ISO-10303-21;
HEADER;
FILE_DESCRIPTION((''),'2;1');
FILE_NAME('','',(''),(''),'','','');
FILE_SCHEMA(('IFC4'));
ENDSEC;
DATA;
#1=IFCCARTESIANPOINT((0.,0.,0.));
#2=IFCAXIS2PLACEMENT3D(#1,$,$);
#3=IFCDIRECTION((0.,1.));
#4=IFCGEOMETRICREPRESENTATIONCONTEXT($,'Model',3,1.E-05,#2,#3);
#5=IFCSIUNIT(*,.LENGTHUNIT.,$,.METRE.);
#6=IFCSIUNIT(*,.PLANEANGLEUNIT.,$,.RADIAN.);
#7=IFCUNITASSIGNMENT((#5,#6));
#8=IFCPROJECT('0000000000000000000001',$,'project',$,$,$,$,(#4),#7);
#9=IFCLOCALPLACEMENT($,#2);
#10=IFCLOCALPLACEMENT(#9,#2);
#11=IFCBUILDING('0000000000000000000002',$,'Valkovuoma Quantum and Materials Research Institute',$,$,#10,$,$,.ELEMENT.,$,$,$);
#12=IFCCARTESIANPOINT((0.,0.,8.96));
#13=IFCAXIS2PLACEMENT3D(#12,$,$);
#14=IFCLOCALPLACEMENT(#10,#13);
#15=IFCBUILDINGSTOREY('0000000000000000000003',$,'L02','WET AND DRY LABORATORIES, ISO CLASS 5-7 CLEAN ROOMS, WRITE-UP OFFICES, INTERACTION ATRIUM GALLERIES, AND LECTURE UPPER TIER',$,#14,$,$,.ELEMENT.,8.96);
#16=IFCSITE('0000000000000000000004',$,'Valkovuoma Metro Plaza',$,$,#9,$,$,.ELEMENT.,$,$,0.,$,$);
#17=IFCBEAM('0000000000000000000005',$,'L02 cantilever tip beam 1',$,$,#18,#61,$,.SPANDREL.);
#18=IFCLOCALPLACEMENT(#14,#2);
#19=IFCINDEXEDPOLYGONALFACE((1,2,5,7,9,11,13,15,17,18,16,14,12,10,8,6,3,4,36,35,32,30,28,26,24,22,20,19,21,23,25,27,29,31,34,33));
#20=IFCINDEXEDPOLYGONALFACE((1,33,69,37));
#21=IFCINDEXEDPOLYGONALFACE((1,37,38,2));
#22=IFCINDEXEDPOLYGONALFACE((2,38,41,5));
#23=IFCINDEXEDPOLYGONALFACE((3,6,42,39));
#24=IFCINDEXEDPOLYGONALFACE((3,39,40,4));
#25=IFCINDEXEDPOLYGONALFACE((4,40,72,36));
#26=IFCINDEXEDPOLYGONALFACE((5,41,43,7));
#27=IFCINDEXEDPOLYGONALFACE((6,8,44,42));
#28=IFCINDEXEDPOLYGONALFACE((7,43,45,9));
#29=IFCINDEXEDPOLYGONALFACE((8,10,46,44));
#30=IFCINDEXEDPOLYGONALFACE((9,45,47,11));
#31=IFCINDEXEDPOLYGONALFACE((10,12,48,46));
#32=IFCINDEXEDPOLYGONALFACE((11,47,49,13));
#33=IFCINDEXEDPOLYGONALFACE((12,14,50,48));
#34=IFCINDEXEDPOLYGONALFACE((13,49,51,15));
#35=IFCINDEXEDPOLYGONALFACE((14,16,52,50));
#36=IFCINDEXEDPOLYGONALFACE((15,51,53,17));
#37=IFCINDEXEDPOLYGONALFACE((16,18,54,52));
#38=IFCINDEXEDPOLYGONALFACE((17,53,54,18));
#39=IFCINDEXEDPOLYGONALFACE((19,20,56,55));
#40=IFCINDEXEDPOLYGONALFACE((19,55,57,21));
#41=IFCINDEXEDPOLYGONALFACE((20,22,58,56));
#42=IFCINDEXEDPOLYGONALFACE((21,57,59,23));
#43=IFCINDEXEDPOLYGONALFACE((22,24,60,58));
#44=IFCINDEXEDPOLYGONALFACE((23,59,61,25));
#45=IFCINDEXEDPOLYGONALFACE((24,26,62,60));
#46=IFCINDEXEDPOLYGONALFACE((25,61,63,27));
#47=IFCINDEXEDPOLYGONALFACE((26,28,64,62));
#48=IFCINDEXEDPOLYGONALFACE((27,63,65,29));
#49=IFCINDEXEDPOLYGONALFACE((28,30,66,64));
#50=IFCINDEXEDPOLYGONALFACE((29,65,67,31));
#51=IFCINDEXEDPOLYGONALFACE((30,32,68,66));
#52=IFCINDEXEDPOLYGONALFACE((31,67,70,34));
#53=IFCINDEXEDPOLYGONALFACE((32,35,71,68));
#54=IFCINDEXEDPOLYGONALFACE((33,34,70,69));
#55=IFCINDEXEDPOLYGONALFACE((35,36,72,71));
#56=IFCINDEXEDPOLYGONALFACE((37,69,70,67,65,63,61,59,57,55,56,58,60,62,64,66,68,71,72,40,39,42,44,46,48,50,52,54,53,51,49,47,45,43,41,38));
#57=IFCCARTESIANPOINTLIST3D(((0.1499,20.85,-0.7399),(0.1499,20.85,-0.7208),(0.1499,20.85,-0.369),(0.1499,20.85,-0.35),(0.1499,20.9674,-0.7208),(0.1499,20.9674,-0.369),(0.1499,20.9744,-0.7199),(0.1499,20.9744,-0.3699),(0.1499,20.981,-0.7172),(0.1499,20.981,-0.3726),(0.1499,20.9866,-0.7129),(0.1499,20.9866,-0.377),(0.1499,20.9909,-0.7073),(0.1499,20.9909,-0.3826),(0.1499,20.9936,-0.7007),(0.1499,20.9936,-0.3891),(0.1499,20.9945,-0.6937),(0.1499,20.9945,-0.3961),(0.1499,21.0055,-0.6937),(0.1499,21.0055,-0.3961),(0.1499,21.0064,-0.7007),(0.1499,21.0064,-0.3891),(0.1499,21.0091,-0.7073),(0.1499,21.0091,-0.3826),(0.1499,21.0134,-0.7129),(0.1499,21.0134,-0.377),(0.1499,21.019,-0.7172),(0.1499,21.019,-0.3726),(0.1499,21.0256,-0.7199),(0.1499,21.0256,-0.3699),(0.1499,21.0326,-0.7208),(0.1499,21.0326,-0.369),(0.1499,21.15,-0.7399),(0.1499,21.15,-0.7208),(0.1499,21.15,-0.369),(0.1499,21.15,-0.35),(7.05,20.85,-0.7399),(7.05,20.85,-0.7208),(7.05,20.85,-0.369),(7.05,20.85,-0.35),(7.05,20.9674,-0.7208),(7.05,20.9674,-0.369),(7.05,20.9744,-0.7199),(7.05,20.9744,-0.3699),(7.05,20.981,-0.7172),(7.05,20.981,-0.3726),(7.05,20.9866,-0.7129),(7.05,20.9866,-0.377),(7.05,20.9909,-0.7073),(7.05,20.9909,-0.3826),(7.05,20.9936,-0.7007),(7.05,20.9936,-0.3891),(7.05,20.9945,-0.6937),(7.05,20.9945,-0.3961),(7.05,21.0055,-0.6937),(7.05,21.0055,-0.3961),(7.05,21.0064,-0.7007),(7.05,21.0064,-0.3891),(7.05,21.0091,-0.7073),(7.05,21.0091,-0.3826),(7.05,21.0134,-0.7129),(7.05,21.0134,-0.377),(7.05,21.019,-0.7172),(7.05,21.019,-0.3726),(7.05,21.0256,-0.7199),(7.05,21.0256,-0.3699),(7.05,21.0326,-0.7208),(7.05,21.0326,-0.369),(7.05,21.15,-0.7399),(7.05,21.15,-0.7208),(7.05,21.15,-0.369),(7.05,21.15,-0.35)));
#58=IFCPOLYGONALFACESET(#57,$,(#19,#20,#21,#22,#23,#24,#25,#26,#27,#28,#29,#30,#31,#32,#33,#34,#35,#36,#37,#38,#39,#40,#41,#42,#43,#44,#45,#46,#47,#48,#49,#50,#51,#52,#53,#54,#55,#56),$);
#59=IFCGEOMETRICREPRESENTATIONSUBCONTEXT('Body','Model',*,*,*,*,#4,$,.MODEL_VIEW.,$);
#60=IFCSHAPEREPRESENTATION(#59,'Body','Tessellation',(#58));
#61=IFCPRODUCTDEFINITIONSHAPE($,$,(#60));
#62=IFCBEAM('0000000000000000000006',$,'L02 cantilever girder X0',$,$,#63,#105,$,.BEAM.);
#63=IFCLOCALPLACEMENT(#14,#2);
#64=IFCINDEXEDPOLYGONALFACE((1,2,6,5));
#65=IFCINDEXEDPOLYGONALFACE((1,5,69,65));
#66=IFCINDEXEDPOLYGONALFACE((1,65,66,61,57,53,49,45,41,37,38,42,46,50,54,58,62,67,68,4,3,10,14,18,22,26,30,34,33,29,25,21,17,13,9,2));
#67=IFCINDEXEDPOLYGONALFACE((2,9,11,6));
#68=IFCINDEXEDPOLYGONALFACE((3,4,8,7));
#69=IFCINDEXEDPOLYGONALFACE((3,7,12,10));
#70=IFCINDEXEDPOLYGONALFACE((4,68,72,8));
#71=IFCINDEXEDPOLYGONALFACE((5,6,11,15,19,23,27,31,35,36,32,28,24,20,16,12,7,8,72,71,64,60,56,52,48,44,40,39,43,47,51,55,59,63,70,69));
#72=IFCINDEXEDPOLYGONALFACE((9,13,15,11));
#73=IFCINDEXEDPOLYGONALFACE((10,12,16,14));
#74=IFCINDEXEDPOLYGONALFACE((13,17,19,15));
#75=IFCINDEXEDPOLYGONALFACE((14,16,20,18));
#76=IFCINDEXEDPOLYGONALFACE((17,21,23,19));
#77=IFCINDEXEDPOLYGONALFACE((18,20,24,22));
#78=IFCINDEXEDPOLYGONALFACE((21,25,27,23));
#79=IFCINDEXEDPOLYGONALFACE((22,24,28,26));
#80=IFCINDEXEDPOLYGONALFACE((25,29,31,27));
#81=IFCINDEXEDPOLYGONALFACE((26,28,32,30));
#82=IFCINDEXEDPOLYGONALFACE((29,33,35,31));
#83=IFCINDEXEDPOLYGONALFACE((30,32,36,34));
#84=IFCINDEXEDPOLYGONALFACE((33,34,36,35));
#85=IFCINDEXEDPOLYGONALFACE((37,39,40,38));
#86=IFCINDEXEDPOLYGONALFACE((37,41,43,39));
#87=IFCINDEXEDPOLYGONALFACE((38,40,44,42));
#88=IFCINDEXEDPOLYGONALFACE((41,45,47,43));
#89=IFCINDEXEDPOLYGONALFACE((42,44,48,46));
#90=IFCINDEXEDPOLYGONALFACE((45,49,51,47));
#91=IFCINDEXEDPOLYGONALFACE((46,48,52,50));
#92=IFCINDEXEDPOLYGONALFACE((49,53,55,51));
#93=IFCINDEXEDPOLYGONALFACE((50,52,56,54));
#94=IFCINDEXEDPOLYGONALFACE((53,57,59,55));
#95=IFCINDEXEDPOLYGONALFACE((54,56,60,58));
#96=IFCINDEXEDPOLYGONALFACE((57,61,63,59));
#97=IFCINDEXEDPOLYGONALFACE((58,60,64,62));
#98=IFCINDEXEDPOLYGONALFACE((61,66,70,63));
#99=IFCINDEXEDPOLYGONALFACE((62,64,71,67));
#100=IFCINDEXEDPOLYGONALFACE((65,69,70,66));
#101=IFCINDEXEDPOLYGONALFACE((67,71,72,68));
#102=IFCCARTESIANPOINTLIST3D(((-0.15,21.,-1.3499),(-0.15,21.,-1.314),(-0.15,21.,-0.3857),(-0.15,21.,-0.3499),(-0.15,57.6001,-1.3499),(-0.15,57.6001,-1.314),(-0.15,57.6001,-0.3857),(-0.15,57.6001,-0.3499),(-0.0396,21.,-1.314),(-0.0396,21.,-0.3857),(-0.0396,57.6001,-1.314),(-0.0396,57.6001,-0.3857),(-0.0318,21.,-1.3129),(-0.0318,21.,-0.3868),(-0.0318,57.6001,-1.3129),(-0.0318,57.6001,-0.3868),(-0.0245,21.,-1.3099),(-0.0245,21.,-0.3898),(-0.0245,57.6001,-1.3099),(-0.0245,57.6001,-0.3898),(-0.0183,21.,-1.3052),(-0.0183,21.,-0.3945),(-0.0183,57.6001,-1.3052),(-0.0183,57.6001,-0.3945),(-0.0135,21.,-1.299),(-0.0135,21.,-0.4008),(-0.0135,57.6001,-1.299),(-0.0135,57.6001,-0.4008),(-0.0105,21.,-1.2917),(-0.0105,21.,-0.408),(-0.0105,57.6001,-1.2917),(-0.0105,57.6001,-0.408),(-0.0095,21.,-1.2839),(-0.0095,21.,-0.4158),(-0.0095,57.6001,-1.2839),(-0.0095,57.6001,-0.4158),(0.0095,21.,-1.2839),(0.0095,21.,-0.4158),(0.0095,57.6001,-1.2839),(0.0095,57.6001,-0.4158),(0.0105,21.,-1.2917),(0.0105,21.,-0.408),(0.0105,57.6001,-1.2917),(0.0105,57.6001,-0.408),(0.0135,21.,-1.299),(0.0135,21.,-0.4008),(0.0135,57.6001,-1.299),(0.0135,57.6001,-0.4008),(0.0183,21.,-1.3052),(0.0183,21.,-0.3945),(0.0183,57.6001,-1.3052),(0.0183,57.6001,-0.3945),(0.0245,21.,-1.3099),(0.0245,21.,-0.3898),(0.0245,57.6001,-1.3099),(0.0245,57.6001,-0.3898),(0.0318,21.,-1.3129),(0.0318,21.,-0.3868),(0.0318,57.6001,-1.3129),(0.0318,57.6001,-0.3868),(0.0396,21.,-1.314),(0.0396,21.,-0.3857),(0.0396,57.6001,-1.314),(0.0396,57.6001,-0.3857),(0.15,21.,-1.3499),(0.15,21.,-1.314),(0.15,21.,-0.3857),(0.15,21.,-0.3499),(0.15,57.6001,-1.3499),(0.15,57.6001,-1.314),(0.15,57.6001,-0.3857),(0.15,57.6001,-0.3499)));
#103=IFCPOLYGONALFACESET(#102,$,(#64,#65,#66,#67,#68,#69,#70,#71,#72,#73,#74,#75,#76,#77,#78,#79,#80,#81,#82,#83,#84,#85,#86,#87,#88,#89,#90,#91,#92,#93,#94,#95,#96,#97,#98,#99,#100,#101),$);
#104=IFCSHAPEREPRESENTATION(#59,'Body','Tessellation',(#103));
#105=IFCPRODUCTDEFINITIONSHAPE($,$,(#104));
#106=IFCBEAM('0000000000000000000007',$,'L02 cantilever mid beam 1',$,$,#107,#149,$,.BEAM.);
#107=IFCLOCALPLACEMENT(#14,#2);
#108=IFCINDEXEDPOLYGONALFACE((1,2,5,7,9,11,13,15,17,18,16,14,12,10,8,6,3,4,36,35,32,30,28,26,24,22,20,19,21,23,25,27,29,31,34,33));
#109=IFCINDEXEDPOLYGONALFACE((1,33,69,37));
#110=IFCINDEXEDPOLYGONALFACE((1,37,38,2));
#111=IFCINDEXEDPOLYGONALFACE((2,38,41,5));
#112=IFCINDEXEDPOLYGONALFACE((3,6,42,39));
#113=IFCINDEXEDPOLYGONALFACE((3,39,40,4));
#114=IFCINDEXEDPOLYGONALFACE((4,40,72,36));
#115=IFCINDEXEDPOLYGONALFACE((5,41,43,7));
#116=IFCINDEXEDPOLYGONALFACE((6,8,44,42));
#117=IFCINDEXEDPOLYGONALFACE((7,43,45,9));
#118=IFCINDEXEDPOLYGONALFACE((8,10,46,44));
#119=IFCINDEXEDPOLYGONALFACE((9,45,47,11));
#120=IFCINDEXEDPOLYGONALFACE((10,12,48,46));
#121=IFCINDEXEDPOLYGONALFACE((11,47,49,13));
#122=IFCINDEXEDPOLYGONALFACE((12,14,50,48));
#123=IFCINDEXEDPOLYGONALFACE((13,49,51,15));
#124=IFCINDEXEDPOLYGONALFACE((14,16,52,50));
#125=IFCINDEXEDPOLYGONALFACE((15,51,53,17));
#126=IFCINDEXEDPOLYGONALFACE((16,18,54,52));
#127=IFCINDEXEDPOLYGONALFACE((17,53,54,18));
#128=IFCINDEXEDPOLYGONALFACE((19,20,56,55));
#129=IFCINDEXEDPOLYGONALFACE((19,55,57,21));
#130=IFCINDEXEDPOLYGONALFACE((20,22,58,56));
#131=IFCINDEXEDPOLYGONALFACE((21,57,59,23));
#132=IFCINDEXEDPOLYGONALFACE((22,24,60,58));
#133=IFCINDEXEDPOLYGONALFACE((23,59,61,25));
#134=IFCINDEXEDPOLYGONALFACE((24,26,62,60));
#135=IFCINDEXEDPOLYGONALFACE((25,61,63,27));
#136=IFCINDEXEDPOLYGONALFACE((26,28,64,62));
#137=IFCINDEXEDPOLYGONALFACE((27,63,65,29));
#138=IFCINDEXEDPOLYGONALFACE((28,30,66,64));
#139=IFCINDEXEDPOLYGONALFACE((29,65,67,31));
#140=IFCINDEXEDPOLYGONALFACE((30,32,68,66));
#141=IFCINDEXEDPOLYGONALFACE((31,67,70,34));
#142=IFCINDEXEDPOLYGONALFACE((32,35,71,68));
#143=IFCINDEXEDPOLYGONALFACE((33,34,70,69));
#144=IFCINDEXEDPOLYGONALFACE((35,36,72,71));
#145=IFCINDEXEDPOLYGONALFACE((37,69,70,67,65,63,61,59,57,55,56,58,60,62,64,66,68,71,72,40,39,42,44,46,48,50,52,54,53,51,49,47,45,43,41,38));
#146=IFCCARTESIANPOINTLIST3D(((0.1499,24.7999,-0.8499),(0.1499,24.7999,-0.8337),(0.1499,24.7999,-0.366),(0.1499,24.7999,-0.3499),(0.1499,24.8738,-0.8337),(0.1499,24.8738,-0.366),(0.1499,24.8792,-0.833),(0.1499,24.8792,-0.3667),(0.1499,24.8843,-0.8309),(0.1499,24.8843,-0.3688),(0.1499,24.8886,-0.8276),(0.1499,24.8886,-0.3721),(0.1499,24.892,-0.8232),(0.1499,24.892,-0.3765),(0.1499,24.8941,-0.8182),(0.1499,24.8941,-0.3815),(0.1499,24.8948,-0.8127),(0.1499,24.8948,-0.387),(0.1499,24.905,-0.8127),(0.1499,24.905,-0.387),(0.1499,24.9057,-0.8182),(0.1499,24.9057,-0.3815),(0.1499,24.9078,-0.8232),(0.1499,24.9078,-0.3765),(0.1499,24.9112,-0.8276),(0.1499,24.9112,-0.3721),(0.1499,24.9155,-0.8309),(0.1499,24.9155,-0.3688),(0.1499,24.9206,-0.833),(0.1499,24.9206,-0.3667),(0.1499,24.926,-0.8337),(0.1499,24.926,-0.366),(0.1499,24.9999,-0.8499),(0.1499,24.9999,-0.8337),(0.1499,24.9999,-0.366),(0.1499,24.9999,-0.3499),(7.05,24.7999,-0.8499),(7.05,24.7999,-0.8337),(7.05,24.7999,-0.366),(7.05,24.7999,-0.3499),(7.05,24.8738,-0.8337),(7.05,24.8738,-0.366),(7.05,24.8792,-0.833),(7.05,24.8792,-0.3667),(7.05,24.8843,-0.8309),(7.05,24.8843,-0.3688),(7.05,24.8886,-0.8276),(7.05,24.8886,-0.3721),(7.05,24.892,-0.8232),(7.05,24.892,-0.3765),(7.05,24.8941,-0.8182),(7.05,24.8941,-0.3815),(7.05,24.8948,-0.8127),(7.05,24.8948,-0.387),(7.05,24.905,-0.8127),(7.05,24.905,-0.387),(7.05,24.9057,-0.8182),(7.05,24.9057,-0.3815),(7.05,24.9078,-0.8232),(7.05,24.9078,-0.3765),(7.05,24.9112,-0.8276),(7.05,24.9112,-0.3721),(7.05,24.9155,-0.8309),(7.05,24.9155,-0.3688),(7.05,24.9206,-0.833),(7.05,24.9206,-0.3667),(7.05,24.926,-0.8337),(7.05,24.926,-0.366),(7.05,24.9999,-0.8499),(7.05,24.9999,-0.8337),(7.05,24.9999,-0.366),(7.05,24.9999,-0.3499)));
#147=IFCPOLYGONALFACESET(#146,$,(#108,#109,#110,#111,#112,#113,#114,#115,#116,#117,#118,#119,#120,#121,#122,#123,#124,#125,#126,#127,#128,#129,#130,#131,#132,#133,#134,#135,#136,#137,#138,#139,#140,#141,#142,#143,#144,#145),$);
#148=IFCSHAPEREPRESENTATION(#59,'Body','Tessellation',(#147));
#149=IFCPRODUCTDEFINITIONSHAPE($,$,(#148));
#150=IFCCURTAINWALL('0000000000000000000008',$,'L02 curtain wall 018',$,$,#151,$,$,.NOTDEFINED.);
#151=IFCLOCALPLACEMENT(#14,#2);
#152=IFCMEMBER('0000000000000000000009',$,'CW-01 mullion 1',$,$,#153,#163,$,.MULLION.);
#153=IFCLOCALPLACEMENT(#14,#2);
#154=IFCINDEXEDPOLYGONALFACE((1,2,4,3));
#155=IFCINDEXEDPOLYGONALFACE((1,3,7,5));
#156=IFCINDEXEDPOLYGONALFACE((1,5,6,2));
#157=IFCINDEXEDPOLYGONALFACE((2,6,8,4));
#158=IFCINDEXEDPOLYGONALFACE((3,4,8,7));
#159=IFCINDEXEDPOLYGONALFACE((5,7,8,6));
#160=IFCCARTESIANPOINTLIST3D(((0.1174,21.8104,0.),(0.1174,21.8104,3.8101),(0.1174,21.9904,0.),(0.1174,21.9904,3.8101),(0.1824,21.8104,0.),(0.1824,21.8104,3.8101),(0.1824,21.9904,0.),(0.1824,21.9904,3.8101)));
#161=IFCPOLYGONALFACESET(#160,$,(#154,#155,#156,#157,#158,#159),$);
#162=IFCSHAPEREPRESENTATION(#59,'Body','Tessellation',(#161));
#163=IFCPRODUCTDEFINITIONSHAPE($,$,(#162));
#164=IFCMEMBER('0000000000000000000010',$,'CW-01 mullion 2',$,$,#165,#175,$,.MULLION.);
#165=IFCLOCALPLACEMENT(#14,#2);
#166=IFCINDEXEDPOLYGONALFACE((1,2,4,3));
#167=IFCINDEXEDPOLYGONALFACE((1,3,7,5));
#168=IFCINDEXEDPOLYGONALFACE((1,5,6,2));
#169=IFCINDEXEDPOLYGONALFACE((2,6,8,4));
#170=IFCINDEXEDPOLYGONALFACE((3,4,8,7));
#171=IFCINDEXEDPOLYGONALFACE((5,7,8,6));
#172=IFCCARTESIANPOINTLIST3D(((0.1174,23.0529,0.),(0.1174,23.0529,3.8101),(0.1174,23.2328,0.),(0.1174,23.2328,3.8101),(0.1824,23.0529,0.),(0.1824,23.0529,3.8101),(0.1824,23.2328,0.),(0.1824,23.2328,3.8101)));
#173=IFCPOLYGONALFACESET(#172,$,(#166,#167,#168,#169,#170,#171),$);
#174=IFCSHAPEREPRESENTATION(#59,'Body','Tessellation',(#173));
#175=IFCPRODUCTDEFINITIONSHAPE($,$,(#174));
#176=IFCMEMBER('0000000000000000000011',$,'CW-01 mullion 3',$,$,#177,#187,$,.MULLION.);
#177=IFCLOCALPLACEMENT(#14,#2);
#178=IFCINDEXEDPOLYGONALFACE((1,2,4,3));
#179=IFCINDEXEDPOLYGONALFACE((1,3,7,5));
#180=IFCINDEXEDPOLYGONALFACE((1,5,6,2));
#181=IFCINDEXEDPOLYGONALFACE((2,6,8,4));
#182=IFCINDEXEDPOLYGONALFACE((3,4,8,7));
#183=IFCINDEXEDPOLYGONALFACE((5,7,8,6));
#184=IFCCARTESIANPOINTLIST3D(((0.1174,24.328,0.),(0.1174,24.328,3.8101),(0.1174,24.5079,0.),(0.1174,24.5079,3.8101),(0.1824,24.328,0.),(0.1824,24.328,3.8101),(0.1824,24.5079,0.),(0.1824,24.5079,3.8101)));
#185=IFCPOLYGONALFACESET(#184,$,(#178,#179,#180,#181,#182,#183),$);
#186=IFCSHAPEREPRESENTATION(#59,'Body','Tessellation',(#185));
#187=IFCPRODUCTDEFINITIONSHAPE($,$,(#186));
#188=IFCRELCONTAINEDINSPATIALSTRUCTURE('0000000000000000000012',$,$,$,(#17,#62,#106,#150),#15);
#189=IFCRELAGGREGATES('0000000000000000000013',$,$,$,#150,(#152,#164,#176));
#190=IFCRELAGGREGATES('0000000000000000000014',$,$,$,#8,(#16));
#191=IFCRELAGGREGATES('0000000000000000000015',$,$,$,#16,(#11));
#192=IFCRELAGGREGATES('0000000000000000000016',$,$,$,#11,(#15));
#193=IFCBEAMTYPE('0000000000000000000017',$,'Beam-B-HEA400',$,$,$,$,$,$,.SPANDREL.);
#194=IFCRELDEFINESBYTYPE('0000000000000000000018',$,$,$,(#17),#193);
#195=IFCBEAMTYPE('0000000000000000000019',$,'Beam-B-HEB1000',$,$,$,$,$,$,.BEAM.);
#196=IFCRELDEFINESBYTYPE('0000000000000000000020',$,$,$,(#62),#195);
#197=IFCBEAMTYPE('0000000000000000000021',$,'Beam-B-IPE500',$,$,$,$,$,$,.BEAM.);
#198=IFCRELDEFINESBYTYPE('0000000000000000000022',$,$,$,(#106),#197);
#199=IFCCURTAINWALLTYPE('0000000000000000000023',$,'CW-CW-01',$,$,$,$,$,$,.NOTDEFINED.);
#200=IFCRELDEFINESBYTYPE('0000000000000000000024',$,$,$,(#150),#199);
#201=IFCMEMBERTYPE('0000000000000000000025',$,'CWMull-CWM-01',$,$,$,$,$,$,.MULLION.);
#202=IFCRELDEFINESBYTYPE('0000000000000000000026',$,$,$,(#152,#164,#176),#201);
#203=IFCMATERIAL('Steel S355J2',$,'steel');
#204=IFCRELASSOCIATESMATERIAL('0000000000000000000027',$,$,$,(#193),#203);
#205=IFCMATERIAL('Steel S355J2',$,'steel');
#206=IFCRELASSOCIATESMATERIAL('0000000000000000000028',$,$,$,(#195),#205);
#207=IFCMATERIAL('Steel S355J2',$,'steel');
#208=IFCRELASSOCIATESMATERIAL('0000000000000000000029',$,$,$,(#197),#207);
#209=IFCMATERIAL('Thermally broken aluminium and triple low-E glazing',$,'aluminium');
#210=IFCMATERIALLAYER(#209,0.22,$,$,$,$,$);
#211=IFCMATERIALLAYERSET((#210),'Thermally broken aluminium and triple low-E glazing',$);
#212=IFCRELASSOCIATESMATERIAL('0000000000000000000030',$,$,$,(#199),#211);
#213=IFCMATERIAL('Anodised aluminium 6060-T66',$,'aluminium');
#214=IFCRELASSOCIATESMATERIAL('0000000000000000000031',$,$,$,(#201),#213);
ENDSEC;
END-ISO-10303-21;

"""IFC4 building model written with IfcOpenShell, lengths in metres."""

from ifc_helpers import new_model, si_unit, direction, frame, origin, origin_2d, place, context, subcontext, project, spatial, rectangle, i_section, extrude, material, layer, layer_set, material_profile, profile_set, type_object, element, aggregate, save


model = new_model("IFC4")

# Units and contexts
model_context = context("Model", 3, precision=1e-05, world=origin(), true_north=direction((0.0, 1.0)))
body_context = subcontext(model_context, "Body", "Model", "MODEL_VIEW")
ifc_project = project(units=[si_unit("LENGTHUNIT", "METRE"), si_unit("PLANEANGLEUNIT", "RADIAN")], contexts=[model_context])

# Site, building, storey
site_placement = place(None, origin())
site = spatial("IfcSite", under=ifc_project, at=site_placement, Name="Valkovuoma Metro Plaza", CompositionType="ELEMENT", RefElevation=0.0)
building_placement = place(site_placement, origin())
building = spatial("IfcBuilding", under=site, at=building_placement, Name="Valkovuoma Quantum and Materials Research Institute", CompositionType="ELEMENT")
storey_placement = place(building_placement, frame((0.0, 0.0, 8.96)))
storey = spatial("IfcBuildingStorey", under=building, at=storey_placement, Name="L02", Description="WET AND DRY LABORATORIES, ISO CLASS 5-7 CLEAN ROOMS, WRITE-UP OFFICES, INTERACTION ATRIUM GALLERIES, AND LECTURE UPPER TIER", CompositionType="ELEMENT", Elevation=8.96)

# Beams
ifc_material_1 = material(Name="Steel S355J2", Category="steel")
ifc_material_profile_1 = material_profile(ifc_material_1, i_section(OverallWidth=0.3, OverallDepth=0.3899, WebThickness=0.011, FlangeThickness=0.019, FilletRadius=0.0271, at=origin_2d()), Name="Steel S355J2")
ifc_profile_set_1 = profile_set([ifc_material_profile_1], Name="Steel S355J2")
beam_type_1 = type_object("IfcBeamType", Name="Beam-B-HEA400", PredefinedType="SPANDREL", material=ifc_profile_set_1)
beam_1_placement = place(storey_placement, frame((0.1499, 21.0, -0.5449), z_axis=(1.0, 0.0, 0.0), x_axis=(0.0, 1.0, 0.0)))
element("IfcBeam", 1, at=beam_1_placement, inside=storey, type_object=beam_type_1, Name="L02 cantilever tip beam 1", PredefinedType="SPANDREL", context=body_context, shape_type="SweptSolid", body=[
    extrude(i_section(OverallWidth=0.3, OverallDepth=0.3899, WebThickness=0.011, FlangeThickness=0.019, FilletRadius=0.0271, at=origin_2d()), origin(), (0.0, 0.0, 1.0), 6.9001),
])
ifc_material_2 = material(Name="Steel S355J2", Category="steel")
ifc_material_profile_2 = material_profile(ifc_material_2, i_section(OverallWidth=0.3, OverallDepth=1.0, WebThickness=0.019, FlangeThickness=0.0359, FilletRadius=0.03, at=origin_2d()), Name="Steel S355J2")
ifc_profile_set_2 = profile_set([ifc_material_profile_2], Name="Steel S355J2")
beam_type_2 = type_object("IfcBeamType", Name="Beam-B-HEB1000", PredefinedType="BEAM", material=ifc_profile_set_2)
beam_2_placement = place(storey_placement, frame((0.0, 21.0, -0.8499), z_axis=(0.0, 1.0, 0.0), x_axis=(-1.0, 0.0, 0.0)))
element("IfcBeam", 2, at=beam_2_placement, inside=storey, type_object=beam_type_2, Name="L02 cantilever girder X0", PredefinedType="BEAM", context=body_context, shape_type="SweptSolid", body=[
    extrude(i_section(OverallWidth=0.3, OverallDepth=1.0, WebThickness=0.019, FlangeThickness=0.0359, FilletRadius=0.03, at=origin_2d()), origin(), (0.0, 0.0, 1.0), 36.6001),
])
ifc_material_3 = material(Name="Steel S355J2", Category="steel")
ifc_material_profile_3 = material_profile(ifc_material_3, i_section(OverallWidth=0.2, OverallDepth=0.5, WebThickness=0.0103, FlangeThickness=0.0161, FilletRadius=0.021, at=origin_2d()), Name="Steel S355J2")
ifc_profile_set_3 = profile_set([ifc_material_profile_3], Name="Steel S355J2")
beam_type_3 = type_object("IfcBeamType", Name="Beam-B-IPE500", PredefinedType="BEAM", material=ifc_profile_set_3)
beam_3_placement = place(storey_placement, frame((0.1499, 24.8999, -0.5999), z_axis=(1.0, 0.0, 0.0), x_axis=(0.0, 1.0, 0.0)))
element("IfcBeam", 3, at=beam_3_placement, inside=storey, type_object=beam_type_3, Name="L02 cantilever mid beam 1", PredefinedType="BEAM", context=body_context, shape_type="SweptSolid", body=[
    extrude(i_section(OverallWidth=0.2, OverallDepth=0.5, WebThickness=0.0103, FlangeThickness=0.0161, FilletRadius=0.021, at=origin_2d()), origin(), (0.0, 0.0, 1.0), 6.9001),
])

# Curtain wall, members
ifc_material_4 = material(Name="Thermally broken aluminium and triple low-E glazing", Category="aluminium")
ifc_layer_1 = layer(ifc_material_4, 0.22)
ifc_layer_set_1 = layer_set([ifc_layer_1], Name="Thermally broken aluminium and triple low-E glazing")
curtain_wall_type = type_object("IfcCurtainWallType", Name="CW-CW-01", PredefinedType="NOTDEFINED", material=ifc_layer_set_1)
curtain_wall_placement = place(storey_placement, origin())
curtain_wall = element("IfcCurtainWall", 4, at=curtain_wall_placement, inside=storey, type_object=curtain_wall_type, Name="L02 curtain wall 018", PredefinedType="NOTDEFINED")
ifc_material_5 = material(Name="Anodised aluminium 6060-T66", Category="aluminium")
ifc_material_profile_4 = material_profile(ifc_material_5, rectangle(XDim=0.0649, YDim=0.1799, at=origin_2d()), Name="Anodised aluminium 6060-T66")
ifc_profile_set_4 = profile_set([ifc_material_profile_4], Name="Anodised aluminium 6060-T66")
member_type_1 = type_object("IfcMemberType", Name="CWMull-CWM-01", PredefinedType="MULLION", material=ifc_profile_set_4)
member_1_placement = place(storey_placement, frame((0.1499, 21.9004, 0.0), z_axis=(0.0, 0.0, 1.0), x_axis=(-1.0, 0.0, 0.0)))
member_1 = element("IfcMember", 5, at=member_1_placement, type_object=member_type_1, Name="CW-01 mullion 1", PredefinedType="MULLION", context=body_context, shape_type="SweptSolid", body=[
    extrude(rectangle(XDim=0.0649, YDim=0.1799, at=origin_2d()), origin(), (0.0, 0.0, 1.0), 3.8101),
])
member_2_placement = place(storey_placement, frame((0.1499, 23.1428, 0.0), z_axis=(0.0, 0.0, 1.0), x_axis=(-1.0, 0.0, 0.0)))
member_2 = element("IfcMember", 6, at=member_2_placement, type_object=member_type_1, Name="CW-01 mullion 2", PredefinedType="MULLION", context=body_context, shape_type="SweptSolid", body=[
    extrude(rectangle(XDim=0.0649, YDim=0.1799, at=origin_2d()), origin(), (0.0, 0.0, 1.0), 3.8101),
])
member_3_placement = place(storey_placement, frame((0.1499, 24.418, 0.0), z_axis=(0.0, 0.0, 1.0), x_axis=(-1.0, 0.0, 0.0)))
member_3 = element("IfcMember", 7, at=member_3_placement, type_object=member_type_1, Name="CW-01 mullion 3", PredefinedType="MULLION", context=body_context, shape_type="SweptSolid", body=[
    extrude(rectangle(XDim=0.0649, YDim=0.1799, at=origin_2d()), origin(), (0.0, 0.0, 1.0), 3.8101),
])

aggregate(curtain_wall, [member_1, member_2, member_3])

save(model, "model.ifc")
